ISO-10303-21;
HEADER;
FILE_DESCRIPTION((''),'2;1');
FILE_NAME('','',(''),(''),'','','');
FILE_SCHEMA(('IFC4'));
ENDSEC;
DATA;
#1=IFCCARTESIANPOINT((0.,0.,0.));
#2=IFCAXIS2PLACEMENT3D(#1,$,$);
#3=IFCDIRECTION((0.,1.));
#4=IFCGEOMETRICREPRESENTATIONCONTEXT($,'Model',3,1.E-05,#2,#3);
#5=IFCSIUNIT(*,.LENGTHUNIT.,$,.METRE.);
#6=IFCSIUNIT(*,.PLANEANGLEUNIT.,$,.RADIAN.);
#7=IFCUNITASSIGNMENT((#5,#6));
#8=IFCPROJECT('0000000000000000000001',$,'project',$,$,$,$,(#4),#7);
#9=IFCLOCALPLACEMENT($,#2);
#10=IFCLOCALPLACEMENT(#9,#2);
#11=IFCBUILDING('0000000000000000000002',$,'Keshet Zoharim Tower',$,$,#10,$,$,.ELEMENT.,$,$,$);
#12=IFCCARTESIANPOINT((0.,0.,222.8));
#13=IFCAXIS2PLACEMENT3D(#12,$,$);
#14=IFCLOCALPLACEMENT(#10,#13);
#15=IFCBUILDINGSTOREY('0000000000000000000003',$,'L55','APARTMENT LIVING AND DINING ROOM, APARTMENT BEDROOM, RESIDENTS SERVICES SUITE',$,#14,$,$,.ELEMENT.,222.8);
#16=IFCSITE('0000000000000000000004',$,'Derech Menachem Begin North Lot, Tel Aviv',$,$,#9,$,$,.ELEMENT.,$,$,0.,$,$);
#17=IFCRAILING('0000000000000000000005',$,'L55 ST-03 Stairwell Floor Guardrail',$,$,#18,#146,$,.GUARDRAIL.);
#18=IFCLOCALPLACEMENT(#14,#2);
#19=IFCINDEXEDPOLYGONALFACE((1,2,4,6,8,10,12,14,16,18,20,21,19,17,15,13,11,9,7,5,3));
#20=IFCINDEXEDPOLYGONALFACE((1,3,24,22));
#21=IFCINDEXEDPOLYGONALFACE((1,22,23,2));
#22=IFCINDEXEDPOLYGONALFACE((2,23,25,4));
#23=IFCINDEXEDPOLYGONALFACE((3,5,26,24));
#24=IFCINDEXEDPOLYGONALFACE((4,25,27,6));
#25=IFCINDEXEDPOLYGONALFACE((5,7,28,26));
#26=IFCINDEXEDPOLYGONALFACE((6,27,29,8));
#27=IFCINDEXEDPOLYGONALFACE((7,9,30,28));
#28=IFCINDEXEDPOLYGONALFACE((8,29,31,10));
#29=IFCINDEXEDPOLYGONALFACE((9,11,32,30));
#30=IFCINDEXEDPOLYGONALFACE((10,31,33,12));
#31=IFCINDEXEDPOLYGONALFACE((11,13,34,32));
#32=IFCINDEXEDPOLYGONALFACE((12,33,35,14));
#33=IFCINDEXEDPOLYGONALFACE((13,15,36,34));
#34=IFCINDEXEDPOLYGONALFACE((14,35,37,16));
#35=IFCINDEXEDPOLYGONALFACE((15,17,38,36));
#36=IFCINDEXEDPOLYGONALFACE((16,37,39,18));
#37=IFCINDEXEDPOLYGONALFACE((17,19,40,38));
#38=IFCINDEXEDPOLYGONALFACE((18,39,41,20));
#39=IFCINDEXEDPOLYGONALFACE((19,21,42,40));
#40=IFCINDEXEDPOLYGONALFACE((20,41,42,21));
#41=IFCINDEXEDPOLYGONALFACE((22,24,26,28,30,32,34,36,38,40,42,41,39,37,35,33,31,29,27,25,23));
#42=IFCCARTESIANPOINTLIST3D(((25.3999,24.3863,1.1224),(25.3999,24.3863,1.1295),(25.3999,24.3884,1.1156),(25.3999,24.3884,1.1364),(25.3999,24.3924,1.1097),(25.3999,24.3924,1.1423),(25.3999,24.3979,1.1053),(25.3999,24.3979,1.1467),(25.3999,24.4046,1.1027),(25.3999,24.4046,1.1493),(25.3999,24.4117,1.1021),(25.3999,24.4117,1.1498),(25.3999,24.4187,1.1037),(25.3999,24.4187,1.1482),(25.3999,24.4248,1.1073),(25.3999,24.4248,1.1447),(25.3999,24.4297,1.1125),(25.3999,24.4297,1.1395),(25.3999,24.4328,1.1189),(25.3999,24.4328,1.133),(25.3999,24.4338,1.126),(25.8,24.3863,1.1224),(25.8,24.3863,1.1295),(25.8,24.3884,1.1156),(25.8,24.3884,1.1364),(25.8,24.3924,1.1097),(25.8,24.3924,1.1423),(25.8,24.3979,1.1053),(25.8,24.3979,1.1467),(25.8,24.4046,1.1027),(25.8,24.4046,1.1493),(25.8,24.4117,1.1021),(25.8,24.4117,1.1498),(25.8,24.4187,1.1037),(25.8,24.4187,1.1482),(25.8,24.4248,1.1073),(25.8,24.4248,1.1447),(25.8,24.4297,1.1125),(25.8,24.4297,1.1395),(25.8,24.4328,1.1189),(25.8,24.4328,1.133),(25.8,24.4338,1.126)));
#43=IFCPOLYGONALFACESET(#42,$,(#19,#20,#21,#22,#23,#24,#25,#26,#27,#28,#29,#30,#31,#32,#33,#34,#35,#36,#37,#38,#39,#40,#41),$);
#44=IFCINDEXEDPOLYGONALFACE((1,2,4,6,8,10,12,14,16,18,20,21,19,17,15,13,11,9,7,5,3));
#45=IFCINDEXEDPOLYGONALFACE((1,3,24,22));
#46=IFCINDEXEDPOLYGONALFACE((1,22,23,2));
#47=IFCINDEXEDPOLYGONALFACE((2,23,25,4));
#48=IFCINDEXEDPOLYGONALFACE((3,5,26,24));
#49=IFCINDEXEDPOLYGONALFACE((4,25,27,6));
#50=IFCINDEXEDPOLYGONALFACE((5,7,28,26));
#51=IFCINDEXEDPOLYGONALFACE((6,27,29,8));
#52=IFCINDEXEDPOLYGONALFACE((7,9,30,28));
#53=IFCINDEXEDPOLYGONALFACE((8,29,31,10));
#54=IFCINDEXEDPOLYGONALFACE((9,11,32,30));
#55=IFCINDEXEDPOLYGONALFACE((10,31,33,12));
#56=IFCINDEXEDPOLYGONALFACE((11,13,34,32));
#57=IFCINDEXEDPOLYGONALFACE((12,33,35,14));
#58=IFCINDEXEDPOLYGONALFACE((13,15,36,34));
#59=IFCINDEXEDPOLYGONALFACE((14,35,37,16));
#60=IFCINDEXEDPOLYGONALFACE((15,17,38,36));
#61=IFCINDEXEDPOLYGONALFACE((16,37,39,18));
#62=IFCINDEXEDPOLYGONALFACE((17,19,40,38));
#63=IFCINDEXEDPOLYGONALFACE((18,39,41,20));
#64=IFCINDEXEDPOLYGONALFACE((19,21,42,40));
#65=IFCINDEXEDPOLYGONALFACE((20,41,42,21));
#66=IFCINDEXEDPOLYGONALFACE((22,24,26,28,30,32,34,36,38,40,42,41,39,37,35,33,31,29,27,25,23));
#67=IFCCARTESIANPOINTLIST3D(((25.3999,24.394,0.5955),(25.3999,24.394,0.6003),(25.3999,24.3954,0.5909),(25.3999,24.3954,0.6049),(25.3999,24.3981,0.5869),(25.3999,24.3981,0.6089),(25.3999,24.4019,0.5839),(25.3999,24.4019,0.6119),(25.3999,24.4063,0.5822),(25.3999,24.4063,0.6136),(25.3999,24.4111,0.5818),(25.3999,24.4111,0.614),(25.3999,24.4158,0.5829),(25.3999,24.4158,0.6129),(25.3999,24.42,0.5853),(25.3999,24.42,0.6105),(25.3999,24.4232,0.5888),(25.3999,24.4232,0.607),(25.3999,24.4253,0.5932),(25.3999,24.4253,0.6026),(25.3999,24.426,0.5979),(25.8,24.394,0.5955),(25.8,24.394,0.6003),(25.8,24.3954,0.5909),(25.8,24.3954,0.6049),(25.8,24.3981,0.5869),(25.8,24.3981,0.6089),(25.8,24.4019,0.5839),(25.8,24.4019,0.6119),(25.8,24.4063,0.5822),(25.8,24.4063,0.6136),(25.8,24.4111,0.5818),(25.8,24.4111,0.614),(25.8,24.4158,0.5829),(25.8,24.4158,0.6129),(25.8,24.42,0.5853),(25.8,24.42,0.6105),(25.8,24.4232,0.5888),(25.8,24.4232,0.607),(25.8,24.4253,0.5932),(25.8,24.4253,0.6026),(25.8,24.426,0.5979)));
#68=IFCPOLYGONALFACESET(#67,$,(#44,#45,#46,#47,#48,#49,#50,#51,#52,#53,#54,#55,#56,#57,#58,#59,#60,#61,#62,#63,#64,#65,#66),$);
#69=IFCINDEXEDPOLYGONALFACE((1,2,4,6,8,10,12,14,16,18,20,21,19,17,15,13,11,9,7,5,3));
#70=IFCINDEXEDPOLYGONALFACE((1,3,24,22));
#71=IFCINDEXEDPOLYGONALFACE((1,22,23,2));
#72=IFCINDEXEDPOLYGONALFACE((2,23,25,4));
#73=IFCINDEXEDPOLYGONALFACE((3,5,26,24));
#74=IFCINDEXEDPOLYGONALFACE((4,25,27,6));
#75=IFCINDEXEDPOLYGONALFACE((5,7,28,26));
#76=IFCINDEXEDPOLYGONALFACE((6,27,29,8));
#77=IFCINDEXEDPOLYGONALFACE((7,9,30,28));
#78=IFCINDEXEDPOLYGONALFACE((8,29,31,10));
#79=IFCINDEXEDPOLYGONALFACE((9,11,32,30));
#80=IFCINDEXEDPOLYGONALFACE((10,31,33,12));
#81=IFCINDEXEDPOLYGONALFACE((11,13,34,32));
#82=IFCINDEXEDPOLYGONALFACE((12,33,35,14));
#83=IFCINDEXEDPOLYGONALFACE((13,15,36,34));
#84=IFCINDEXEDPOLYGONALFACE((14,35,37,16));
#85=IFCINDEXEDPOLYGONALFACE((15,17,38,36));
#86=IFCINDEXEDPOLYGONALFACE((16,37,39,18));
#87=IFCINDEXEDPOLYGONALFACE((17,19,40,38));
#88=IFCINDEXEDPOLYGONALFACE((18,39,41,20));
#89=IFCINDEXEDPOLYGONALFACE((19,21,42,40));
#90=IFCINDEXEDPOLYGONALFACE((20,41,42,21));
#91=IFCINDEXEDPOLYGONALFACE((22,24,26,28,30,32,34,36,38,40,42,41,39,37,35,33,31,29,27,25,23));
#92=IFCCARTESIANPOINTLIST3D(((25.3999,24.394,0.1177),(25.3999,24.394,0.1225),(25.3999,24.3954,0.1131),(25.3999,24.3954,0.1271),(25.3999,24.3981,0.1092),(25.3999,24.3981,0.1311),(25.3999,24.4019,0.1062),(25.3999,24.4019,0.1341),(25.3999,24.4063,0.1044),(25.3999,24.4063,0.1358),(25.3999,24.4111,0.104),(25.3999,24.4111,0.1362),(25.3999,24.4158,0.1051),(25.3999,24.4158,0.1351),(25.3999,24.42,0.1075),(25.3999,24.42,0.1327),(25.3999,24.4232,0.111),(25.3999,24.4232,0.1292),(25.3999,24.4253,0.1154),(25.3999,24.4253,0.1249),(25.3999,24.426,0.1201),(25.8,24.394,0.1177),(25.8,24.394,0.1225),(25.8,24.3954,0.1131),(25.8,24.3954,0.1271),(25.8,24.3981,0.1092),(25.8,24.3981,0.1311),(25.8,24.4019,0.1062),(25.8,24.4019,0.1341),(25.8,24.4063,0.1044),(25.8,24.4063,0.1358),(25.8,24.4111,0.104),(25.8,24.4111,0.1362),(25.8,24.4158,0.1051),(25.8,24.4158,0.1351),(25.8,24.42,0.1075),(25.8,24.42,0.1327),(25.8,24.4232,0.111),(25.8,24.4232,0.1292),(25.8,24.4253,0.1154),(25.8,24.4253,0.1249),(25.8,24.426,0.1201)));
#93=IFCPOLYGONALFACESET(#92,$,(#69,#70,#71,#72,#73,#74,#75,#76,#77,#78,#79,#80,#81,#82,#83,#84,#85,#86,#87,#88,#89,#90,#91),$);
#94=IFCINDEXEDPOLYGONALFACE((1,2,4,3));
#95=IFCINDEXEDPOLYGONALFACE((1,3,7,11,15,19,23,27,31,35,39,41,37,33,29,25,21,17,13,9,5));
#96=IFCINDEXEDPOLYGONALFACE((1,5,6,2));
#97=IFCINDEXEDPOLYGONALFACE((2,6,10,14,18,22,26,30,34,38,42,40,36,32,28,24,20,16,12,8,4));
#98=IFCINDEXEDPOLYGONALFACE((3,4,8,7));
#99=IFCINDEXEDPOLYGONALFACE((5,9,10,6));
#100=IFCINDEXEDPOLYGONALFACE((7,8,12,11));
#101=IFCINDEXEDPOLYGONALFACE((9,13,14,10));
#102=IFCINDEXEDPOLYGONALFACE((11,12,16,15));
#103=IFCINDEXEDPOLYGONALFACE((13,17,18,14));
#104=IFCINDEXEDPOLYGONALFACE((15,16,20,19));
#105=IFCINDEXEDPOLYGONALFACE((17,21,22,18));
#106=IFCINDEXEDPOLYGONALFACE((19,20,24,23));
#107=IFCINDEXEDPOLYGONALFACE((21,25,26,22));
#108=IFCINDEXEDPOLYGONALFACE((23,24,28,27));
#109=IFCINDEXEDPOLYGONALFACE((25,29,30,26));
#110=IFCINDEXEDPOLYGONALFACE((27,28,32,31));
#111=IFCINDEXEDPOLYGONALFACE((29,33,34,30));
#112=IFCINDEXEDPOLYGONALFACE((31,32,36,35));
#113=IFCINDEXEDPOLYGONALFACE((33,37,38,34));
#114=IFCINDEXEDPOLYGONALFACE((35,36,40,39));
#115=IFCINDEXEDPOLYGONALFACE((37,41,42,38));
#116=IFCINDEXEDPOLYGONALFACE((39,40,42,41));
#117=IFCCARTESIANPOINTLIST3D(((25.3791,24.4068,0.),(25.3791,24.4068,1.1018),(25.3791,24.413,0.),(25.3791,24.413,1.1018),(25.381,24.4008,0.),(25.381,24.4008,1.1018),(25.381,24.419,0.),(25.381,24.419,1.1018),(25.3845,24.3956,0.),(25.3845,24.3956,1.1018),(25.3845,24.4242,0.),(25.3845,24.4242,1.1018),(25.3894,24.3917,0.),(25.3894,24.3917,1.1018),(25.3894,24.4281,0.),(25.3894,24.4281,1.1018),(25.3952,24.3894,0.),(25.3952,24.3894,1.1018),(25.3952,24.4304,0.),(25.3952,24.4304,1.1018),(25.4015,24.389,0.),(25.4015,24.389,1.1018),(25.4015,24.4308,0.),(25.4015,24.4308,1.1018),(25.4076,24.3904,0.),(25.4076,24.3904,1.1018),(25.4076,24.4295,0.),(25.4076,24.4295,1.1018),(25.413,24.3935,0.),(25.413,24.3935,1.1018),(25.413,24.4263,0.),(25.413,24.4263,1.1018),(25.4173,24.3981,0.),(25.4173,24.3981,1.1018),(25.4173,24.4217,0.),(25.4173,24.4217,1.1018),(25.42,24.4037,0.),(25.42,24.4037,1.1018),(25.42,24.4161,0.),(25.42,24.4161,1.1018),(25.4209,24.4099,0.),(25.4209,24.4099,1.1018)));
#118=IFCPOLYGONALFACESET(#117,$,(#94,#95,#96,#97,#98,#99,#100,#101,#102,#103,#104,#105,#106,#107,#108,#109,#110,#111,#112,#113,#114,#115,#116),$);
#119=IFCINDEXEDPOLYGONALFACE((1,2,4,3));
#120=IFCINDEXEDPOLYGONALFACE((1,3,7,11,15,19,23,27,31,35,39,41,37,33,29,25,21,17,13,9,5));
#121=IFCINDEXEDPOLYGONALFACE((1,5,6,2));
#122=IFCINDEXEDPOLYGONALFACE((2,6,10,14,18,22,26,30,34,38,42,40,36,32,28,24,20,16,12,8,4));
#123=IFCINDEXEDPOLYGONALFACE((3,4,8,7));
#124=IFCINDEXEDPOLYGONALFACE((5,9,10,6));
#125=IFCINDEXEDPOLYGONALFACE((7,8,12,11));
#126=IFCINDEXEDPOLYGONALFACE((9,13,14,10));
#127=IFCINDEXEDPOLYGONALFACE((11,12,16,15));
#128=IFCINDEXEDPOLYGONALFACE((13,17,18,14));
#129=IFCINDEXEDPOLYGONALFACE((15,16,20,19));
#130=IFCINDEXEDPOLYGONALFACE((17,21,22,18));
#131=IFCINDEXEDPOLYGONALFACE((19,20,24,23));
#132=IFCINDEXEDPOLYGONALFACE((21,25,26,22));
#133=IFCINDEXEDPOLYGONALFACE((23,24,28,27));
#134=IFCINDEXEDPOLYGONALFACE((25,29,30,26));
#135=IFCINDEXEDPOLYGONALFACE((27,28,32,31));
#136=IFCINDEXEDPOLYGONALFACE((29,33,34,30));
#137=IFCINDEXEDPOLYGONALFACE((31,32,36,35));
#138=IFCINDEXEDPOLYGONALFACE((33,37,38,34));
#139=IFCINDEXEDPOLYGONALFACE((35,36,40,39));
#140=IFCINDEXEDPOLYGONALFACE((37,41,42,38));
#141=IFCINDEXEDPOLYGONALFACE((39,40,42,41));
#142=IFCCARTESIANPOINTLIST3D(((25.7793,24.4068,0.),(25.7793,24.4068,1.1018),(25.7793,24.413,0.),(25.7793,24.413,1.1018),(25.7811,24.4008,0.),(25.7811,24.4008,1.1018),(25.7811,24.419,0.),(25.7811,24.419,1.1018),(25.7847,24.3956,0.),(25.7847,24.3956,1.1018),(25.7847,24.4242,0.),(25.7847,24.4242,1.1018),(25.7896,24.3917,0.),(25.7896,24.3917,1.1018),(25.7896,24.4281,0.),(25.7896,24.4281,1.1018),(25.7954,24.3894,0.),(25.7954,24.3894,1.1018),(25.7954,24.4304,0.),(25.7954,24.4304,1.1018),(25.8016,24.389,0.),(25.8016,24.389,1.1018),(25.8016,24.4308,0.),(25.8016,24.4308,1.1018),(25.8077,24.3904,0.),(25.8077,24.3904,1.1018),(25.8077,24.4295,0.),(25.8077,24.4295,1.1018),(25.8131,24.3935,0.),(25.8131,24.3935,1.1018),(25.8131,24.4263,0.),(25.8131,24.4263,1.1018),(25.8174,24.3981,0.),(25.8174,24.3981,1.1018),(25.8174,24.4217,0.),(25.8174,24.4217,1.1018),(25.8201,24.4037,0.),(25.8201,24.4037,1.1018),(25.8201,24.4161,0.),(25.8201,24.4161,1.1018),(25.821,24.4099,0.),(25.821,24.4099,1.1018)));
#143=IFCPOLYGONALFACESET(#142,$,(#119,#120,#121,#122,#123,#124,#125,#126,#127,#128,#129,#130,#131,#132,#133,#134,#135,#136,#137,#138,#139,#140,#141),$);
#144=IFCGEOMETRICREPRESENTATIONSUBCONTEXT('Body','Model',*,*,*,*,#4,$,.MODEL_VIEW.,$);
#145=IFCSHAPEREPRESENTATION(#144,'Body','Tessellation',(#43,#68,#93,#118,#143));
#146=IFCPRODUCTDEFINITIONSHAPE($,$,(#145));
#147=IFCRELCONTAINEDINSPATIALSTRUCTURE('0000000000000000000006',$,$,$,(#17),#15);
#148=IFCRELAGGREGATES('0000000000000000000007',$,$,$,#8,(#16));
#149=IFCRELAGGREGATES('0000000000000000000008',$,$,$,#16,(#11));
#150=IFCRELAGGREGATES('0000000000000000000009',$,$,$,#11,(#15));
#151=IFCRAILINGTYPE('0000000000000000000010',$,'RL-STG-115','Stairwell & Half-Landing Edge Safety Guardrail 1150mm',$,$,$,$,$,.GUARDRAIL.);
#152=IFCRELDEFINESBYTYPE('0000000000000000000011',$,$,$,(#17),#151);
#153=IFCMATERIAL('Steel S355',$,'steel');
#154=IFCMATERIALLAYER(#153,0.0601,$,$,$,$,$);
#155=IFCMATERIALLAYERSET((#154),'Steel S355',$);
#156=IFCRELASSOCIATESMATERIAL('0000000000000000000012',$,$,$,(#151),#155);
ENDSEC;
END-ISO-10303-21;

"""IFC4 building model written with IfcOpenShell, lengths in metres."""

from ifc_helpers import new_model, si_unit, direction, frame, origin, origin_2d, place, context, subcontext, project, spatial, circle, extrude, material, layer, layer_set, type_object, element, save


model = new_model("IFC4")

# Units and contexts
model_context = context("Model", 3, precision=1e-05, world=origin(), true_north=direction((0.0, 1.0)))
body_context = subcontext(model_context, "Body", "Model", "MODEL_VIEW")
ifc_project = project(units=[si_unit("LENGTHUNIT", "METRE"), si_unit("PLANEANGLEUNIT", "RADIAN")], contexts=[model_context])

# Site, building, storey
site_placement = place(None, origin())
site = spatial("IfcSite", under=ifc_project, at=site_placement, Name="Derech Menachem Begin North Lot, Tel Aviv", CompositionType="ELEMENT", RefElevation=0.0)
building_placement = place(site_placement, origin())
building = spatial("IfcBuilding", under=site, at=building_placement, Name="Keshet Zoharim Tower", CompositionType="ELEMENT")
storey_placement = place(building_placement, frame((0.0, 0.0, 222.8)))
storey = spatial("IfcBuildingStorey", under=building, at=storey_placement, Name="L55", Description="APARTMENT LIVING AND DINING ROOM, APARTMENT BEDROOM, RESIDENTS SERVICES SUITE", CompositionType="ELEMENT", Elevation=222.8)

# Shared definitions
ifc_material_1 = material(Name="Steel S355", Category="steel")

# Railing
ifc_layer_1 = layer(ifc_material_1, 0.0601)
ifc_layer_set_1 = layer_set([ifc_layer_1], Name="Steel S355")
railing_type_1 = type_object("IfcRailingType", Name="RL-STG-115", Description="Stairwell & Half-Landing Edge Safety Guardrail 1150mm", PredefinedType="GUARDRAIL", material=ifc_layer_set_1)
railing_1_placement = place(storey_placement, frame((25.3999, 24.4099, 0.0)))
element("IfcRailing", 1, at=railing_1_placement, inside=storey, type_object=railing_type_1, Name="L55 ST-03 Stairwell Floor Guardrail", PredefinedType="GUARDRAIL", context=body_context, shape_type="SweptSolid", body=[
    extrude(circle(Radius=0.0239, at=origin_2d()), frame((0.0, 0.0, 1.126), z_axis=(1.0, 0.0, 0.0), x_axis=(0.0, 1.0, 0.0)), (0.0, 0.0, 1.0), 0.4001),
    extrude(circle(Radius=0.0161, at=origin_2d()), frame((0.0, 0.0, 0.5979), z_axis=(1.0, 0.0, 0.0), x_axis=(0.0, 1.0, 0.0)), (0.0, 0.0, 1.0), 0.4001),
    extrude(circle(Radius=0.0161, at=origin_2d()), frame((0.0, 0.0, 0.1201), z_axis=(1.0, 0.0, 0.0), x_axis=(0.0, 1.0, 0.0)), (0.0, 0.0, 1.0), 0.4001),
    extrude(circle(Radius=0.021, at=origin_2d()), origin(), (0.0, 0.0, 1.0), 1.1018),
    extrude(circle(Radius=0.021, at=origin_2d()), frame((0.4001, 0.0, 0.0)), (0.0, 0.0, 1.0), 1.1018),
])

save(model, "model.ifc")
